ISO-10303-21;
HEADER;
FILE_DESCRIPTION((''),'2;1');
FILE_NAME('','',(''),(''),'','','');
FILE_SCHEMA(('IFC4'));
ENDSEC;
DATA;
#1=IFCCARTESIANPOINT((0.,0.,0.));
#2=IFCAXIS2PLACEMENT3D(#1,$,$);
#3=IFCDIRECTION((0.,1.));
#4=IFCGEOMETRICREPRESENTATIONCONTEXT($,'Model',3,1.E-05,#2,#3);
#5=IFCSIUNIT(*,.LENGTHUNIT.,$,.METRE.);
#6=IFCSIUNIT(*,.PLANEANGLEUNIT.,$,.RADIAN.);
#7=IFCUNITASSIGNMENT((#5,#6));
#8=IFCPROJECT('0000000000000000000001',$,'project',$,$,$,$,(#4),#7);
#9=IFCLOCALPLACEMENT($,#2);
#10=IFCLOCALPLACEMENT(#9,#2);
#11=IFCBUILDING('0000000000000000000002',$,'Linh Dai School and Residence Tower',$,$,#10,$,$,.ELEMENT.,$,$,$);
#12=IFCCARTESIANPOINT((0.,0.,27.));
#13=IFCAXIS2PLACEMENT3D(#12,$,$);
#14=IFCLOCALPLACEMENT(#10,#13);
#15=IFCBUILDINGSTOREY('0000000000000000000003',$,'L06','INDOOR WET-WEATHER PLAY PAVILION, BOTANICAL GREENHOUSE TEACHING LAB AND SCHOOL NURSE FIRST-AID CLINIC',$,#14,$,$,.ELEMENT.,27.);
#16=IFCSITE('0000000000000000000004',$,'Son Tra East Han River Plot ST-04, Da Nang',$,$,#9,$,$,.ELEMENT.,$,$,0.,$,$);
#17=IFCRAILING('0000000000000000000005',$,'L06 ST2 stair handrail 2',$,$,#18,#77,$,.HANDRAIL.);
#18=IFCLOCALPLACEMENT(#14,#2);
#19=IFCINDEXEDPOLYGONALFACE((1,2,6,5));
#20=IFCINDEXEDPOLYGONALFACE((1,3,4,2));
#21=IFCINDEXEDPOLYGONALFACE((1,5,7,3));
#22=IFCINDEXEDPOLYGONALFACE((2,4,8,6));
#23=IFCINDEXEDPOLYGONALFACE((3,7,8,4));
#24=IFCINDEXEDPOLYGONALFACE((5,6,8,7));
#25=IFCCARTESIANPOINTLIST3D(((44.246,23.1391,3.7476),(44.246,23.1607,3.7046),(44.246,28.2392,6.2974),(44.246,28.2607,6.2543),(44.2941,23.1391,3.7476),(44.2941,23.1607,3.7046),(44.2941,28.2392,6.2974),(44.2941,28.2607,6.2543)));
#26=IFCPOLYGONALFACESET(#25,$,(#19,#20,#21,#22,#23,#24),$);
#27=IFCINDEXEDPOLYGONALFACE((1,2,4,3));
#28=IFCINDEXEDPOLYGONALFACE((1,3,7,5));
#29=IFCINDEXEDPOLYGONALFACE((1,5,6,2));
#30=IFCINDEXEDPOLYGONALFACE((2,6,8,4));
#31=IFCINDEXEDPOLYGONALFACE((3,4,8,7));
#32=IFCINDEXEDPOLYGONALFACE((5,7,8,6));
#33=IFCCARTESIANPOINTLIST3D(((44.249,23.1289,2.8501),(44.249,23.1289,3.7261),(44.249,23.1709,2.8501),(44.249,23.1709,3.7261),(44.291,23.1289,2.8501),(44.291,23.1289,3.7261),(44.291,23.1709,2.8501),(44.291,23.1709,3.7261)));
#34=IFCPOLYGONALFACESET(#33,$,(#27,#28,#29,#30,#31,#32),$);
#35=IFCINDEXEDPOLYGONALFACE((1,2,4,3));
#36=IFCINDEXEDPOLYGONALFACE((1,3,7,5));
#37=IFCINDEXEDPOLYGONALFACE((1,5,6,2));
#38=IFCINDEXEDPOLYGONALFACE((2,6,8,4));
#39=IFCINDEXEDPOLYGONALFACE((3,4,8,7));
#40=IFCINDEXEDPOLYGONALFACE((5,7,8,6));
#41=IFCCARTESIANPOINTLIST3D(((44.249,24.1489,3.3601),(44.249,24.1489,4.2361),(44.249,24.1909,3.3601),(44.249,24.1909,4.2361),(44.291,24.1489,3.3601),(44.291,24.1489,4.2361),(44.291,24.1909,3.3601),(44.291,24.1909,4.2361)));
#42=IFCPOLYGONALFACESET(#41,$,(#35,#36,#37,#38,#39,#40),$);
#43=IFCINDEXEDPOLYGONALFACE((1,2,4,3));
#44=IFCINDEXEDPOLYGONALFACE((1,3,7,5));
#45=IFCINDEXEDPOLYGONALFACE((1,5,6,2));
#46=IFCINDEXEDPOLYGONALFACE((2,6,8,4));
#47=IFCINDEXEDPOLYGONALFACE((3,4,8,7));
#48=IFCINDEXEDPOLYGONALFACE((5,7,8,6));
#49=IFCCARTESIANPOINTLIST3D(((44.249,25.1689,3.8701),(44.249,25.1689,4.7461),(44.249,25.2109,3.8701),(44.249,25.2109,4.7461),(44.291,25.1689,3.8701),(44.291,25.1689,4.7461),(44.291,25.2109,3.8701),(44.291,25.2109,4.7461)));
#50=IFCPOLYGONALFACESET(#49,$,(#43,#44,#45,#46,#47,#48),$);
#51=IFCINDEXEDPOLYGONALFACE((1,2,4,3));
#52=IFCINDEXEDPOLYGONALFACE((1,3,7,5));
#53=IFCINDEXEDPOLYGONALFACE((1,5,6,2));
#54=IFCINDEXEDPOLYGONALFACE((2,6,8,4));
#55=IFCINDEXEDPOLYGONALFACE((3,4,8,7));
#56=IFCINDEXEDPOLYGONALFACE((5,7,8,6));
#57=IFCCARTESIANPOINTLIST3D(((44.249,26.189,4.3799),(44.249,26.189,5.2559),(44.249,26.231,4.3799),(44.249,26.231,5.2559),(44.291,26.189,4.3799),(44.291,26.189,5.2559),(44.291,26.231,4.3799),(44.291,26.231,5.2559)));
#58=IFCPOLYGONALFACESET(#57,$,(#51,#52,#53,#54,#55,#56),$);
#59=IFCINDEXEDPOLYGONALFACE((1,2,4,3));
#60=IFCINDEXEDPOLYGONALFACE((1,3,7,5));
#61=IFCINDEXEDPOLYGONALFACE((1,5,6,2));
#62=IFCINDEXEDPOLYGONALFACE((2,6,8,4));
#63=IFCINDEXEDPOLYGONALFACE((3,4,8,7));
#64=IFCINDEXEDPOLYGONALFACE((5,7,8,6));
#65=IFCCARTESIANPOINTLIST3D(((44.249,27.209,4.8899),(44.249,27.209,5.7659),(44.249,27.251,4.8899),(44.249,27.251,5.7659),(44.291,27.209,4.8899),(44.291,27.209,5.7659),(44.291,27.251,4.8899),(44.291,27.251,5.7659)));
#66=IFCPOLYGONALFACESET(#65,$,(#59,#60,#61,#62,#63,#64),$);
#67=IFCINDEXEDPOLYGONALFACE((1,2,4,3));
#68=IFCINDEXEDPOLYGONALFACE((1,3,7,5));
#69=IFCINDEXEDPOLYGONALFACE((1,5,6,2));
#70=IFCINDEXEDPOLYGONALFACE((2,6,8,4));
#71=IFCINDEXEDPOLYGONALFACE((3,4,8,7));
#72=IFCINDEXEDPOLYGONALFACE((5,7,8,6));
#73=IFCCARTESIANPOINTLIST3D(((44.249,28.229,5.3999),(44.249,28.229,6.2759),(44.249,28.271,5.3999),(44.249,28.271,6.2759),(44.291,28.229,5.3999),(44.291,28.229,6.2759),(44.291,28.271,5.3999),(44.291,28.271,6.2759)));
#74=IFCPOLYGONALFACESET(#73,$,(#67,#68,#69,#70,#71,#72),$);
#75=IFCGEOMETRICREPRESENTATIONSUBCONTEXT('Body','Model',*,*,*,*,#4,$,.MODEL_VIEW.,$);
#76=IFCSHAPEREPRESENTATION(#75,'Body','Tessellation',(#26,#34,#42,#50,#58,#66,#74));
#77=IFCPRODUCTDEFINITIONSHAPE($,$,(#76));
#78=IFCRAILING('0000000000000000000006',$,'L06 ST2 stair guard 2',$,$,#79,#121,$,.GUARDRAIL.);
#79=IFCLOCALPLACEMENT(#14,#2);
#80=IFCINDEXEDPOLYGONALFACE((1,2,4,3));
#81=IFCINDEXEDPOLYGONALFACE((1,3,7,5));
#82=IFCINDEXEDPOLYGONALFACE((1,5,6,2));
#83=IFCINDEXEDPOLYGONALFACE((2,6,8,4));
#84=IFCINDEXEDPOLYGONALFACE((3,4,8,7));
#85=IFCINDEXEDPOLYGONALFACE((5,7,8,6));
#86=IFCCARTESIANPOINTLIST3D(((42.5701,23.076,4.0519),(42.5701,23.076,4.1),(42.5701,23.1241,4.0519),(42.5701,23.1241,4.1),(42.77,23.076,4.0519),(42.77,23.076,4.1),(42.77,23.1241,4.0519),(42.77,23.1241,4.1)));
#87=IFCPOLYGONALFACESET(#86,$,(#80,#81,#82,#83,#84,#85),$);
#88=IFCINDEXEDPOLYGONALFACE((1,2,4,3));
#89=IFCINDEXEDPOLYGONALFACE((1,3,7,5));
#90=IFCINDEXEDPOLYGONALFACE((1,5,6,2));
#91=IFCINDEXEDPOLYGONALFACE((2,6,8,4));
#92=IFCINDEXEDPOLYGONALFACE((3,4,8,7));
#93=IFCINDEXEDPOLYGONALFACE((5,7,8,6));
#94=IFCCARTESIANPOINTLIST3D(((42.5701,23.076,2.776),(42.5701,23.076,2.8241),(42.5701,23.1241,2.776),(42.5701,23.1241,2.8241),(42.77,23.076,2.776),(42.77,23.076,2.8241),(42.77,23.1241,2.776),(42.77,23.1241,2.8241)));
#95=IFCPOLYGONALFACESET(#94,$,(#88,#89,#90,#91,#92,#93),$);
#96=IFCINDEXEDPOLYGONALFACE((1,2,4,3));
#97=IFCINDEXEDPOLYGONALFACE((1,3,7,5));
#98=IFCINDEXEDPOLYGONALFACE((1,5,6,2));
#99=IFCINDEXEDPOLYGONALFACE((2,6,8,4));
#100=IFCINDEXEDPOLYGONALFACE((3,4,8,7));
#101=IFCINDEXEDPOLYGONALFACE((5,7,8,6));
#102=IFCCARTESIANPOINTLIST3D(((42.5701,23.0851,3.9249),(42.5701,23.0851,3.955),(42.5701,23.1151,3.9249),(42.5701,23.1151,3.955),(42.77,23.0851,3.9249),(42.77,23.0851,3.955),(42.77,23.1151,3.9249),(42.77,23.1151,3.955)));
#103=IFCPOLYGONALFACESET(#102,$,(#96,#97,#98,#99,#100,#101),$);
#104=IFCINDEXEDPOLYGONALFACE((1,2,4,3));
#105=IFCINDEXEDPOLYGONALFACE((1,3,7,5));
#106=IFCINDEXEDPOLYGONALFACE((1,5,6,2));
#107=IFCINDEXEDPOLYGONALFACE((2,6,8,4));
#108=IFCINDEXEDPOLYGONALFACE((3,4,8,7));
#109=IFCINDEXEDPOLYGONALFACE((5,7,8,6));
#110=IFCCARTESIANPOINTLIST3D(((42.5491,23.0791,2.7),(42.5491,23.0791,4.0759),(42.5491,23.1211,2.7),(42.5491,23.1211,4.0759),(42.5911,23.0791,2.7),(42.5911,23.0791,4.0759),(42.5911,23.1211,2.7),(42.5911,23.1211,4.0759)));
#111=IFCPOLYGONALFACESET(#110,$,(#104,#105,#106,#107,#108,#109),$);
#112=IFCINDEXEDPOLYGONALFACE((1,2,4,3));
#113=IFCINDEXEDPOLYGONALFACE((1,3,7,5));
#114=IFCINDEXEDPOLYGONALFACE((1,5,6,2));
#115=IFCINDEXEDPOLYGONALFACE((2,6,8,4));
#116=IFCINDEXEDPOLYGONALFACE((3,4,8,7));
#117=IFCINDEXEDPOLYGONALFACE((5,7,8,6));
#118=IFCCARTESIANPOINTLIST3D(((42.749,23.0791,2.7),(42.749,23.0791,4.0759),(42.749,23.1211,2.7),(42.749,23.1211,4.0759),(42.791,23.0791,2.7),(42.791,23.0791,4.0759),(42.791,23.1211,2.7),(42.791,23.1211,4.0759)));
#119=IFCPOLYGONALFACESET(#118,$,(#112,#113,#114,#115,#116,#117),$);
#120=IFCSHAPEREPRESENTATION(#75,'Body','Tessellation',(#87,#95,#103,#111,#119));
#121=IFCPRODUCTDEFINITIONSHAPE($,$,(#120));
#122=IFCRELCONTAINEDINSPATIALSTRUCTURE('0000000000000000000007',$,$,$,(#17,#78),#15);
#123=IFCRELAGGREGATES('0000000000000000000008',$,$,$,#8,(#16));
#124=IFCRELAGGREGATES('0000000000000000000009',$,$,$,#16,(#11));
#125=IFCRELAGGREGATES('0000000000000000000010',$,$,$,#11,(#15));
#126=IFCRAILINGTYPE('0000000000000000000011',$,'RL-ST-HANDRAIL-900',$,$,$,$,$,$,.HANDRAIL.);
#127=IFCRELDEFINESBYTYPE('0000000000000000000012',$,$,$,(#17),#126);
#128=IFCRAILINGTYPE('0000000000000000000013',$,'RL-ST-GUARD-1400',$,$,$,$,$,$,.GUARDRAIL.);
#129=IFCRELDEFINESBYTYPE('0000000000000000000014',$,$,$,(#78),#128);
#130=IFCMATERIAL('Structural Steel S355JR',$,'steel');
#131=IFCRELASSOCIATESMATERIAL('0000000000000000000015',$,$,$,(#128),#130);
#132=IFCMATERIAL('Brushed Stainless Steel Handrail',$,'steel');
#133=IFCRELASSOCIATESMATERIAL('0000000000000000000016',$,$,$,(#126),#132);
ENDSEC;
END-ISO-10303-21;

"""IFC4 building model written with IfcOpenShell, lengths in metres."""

from ifc_helpers import new_model, si_unit, direction, frame, origin, origin_2d, place, context, subcontext, project, spatial, rectangle, extrude, source, transform, mapped, material, type_object, element, save


model = new_model("IFC4")

# Units and contexts
model_context = context("Model", 3, precision=1e-05, world=origin(), true_north=direction((0.0, 1.0)))
body_context = subcontext(model_context, "Body", "Model", "MODEL_VIEW")
ifc_project = project(units=[si_unit("LENGTHUNIT", "METRE"), si_unit("PLANEANGLEUNIT", "RADIAN")], contexts=[model_context])

# Site, building, storey
site_placement = place(None, origin())
site = spatial("IfcSite", under=ifc_project, at=site_placement, Name="Son Tra East Han River Plot ST-04, Da Nang", CompositionType="ELEMENT", RefElevation=0.0)
building_placement = place(site_placement, origin())
building = spatial("IfcBuilding", under=site, at=building_placement, Name="Linh Dai School and Residence Tower", CompositionType="ELEMENT")
storey_placement = place(building_placement, frame((0.0, 0.0, 27.0)))
storey = spatial("IfcBuildingStorey", under=building, at=storey_placement, Name="L06", Description="INDOOR WET-WEATHER PLAY PAVILION, BOTANICAL GREENHOUSE TEACHING LAB AND SCHOOL NURSE FIRST-AID CLINIC", CompositionType="ELEMENT", Elevation=27.0)

# Shared definitions
ifc_material_1 = material(Name="Structural Steel S355JR", Category="steel")

# Railings
railing_type_1 = type_object("IfcRailingType", Name="RL-ST-GUARD-1400", PredefinedType="GUARDRAIL", material=ifc_material_1)
ifc_material_2 = material(Name="Brushed Stainless Steel Handrail", Category="steel")
railing_type_2 = type_object("IfcRailingType", Name="RL-ST-HANDRAIL-900", PredefinedType="HANDRAIL", material=ifc_material_2)
shared_shape_1 = source(origin(), body_context, "Body", "SweptSolid", [
    extrude(rectangle(XDim=0.0481, YDim=0.0481, at=origin_2d()), frame((0.0, 0.0, 0.876), z_axis=(0.0, 0.894444, 0.447179), x_axis=(-1.0, 0.0, 0.0)), (0.0, 0.0, 1.0), 5.7019),
    extrude(rectangle(XDim=0.042, YDim=0.042, at=origin_2d()), origin(), (0.0, 0.0, 1.0), 0.876),
    extrude(rectangle(XDim=0.042, YDim=0.042, at=origin_2d()), frame((0.0, 1.02, 0.51)), (0.0, 0.0, 1.0), 0.876),
    extrude(rectangle(XDim=0.042, YDim=0.042, at=origin_2d()), frame((0.0, 2.04, 1.02)), (0.0, 0.0, 1.0), 0.876),
    extrude(rectangle(XDim=0.042, YDim=0.042, at=origin_2d()), frame((0.0, 3.0601, 1.5298)), (0.0, 0.0, 1.0), 0.876),
    extrude(rectangle(XDim=0.042, YDim=0.042, at=origin_2d()), frame((0.0, 4.0801, 2.0398)), (0.0, 0.0, 1.0), 0.876),
    extrude(rectangle(XDim=0.042, YDim=0.042, at=origin_2d()), frame((0.0, 5.1001, 2.5498)), (0.0, 0.0, 1.0), 0.876),
])
railing_1_placement = place(storey_placement, frame((44.27, 23.1499, 2.8501)))
element("IfcRailing", 1, at=railing_1_placement, inside=storey, type_object=railing_type_2, Name="L06 ST2 stair handrail 2", PredefinedType="HANDRAIL", context=body_context, shape_type="MappedRepresentation", body=[
    mapped(shared_shape_1, transform((0.0, 0.0, 0.0), x_axis=(1.0, 0.0, 0.0), y_axis=(0.0, 1.0, 0.0), z_axis=(0.0, 0.0, 1.0), scale=1.0)),
])
shared_shape_2 = source(origin(), body_context, "Body", "SweptSolid", [
    extrude(rectangle(XDim=0.0481, YDim=0.0481, at=origin_2d()), frame((0.0, 0.0, 1.376), z_axis=(1.0, 0.0, 0.0), x_axis=(0.0, 1.0, 0.0)), (0.0, 0.0, 1.0), 0.2),
    extrude(rectangle(XDim=0.0481, YDim=0.0481, at=origin_2d()), frame((0.0, 0.0, 0.1001), z_axis=(1.0, 0.0, 0.0), x_axis=(0.0, 1.0, 0.0)), (0.0, 0.0, 1.0), 0.2),
    extrude(rectangle(XDim=0.03, YDim=0.03, at=origin_2d()), frame((0.0, 0.0, 1.24), z_axis=(1.0, 0.0, 0.0), x_axis=(0.0, 1.0, 0.0)), (0.0, 0.0, 1.0), 0.2),
    extrude(rectangle(XDim=0.042, YDim=0.042, at=origin_2d()), origin(), (0.0, 0.0, 1.0), 1.376),
    extrude(rectangle(XDim=0.042, YDim=0.042, at=origin_2d()), frame((0.2, 0.0, 0.0)), (0.0, 0.0, 1.0), 1.376),
])
railing_2_placement = place(storey_placement, frame((42.5701, 23.1001, 2.7)))
element("IfcRailing", 2, at=railing_2_placement, inside=storey, type_object=railing_type_1, Name="L06 ST2 stair guard 2", PredefinedType="GUARDRAIL", context=body_context, shape_type="MappedRepresentation", body=[
    mapped(shared_shape_2, transform((0.0, 0.0, 0.0), x_axis=(1.0, 0.0, 0.0), y_axis=(0.0, 1.0, 0.0), z_axis=(0.0, 0.0, 1.0), scale=1.0)),
])

save(model, "model.ifc")
